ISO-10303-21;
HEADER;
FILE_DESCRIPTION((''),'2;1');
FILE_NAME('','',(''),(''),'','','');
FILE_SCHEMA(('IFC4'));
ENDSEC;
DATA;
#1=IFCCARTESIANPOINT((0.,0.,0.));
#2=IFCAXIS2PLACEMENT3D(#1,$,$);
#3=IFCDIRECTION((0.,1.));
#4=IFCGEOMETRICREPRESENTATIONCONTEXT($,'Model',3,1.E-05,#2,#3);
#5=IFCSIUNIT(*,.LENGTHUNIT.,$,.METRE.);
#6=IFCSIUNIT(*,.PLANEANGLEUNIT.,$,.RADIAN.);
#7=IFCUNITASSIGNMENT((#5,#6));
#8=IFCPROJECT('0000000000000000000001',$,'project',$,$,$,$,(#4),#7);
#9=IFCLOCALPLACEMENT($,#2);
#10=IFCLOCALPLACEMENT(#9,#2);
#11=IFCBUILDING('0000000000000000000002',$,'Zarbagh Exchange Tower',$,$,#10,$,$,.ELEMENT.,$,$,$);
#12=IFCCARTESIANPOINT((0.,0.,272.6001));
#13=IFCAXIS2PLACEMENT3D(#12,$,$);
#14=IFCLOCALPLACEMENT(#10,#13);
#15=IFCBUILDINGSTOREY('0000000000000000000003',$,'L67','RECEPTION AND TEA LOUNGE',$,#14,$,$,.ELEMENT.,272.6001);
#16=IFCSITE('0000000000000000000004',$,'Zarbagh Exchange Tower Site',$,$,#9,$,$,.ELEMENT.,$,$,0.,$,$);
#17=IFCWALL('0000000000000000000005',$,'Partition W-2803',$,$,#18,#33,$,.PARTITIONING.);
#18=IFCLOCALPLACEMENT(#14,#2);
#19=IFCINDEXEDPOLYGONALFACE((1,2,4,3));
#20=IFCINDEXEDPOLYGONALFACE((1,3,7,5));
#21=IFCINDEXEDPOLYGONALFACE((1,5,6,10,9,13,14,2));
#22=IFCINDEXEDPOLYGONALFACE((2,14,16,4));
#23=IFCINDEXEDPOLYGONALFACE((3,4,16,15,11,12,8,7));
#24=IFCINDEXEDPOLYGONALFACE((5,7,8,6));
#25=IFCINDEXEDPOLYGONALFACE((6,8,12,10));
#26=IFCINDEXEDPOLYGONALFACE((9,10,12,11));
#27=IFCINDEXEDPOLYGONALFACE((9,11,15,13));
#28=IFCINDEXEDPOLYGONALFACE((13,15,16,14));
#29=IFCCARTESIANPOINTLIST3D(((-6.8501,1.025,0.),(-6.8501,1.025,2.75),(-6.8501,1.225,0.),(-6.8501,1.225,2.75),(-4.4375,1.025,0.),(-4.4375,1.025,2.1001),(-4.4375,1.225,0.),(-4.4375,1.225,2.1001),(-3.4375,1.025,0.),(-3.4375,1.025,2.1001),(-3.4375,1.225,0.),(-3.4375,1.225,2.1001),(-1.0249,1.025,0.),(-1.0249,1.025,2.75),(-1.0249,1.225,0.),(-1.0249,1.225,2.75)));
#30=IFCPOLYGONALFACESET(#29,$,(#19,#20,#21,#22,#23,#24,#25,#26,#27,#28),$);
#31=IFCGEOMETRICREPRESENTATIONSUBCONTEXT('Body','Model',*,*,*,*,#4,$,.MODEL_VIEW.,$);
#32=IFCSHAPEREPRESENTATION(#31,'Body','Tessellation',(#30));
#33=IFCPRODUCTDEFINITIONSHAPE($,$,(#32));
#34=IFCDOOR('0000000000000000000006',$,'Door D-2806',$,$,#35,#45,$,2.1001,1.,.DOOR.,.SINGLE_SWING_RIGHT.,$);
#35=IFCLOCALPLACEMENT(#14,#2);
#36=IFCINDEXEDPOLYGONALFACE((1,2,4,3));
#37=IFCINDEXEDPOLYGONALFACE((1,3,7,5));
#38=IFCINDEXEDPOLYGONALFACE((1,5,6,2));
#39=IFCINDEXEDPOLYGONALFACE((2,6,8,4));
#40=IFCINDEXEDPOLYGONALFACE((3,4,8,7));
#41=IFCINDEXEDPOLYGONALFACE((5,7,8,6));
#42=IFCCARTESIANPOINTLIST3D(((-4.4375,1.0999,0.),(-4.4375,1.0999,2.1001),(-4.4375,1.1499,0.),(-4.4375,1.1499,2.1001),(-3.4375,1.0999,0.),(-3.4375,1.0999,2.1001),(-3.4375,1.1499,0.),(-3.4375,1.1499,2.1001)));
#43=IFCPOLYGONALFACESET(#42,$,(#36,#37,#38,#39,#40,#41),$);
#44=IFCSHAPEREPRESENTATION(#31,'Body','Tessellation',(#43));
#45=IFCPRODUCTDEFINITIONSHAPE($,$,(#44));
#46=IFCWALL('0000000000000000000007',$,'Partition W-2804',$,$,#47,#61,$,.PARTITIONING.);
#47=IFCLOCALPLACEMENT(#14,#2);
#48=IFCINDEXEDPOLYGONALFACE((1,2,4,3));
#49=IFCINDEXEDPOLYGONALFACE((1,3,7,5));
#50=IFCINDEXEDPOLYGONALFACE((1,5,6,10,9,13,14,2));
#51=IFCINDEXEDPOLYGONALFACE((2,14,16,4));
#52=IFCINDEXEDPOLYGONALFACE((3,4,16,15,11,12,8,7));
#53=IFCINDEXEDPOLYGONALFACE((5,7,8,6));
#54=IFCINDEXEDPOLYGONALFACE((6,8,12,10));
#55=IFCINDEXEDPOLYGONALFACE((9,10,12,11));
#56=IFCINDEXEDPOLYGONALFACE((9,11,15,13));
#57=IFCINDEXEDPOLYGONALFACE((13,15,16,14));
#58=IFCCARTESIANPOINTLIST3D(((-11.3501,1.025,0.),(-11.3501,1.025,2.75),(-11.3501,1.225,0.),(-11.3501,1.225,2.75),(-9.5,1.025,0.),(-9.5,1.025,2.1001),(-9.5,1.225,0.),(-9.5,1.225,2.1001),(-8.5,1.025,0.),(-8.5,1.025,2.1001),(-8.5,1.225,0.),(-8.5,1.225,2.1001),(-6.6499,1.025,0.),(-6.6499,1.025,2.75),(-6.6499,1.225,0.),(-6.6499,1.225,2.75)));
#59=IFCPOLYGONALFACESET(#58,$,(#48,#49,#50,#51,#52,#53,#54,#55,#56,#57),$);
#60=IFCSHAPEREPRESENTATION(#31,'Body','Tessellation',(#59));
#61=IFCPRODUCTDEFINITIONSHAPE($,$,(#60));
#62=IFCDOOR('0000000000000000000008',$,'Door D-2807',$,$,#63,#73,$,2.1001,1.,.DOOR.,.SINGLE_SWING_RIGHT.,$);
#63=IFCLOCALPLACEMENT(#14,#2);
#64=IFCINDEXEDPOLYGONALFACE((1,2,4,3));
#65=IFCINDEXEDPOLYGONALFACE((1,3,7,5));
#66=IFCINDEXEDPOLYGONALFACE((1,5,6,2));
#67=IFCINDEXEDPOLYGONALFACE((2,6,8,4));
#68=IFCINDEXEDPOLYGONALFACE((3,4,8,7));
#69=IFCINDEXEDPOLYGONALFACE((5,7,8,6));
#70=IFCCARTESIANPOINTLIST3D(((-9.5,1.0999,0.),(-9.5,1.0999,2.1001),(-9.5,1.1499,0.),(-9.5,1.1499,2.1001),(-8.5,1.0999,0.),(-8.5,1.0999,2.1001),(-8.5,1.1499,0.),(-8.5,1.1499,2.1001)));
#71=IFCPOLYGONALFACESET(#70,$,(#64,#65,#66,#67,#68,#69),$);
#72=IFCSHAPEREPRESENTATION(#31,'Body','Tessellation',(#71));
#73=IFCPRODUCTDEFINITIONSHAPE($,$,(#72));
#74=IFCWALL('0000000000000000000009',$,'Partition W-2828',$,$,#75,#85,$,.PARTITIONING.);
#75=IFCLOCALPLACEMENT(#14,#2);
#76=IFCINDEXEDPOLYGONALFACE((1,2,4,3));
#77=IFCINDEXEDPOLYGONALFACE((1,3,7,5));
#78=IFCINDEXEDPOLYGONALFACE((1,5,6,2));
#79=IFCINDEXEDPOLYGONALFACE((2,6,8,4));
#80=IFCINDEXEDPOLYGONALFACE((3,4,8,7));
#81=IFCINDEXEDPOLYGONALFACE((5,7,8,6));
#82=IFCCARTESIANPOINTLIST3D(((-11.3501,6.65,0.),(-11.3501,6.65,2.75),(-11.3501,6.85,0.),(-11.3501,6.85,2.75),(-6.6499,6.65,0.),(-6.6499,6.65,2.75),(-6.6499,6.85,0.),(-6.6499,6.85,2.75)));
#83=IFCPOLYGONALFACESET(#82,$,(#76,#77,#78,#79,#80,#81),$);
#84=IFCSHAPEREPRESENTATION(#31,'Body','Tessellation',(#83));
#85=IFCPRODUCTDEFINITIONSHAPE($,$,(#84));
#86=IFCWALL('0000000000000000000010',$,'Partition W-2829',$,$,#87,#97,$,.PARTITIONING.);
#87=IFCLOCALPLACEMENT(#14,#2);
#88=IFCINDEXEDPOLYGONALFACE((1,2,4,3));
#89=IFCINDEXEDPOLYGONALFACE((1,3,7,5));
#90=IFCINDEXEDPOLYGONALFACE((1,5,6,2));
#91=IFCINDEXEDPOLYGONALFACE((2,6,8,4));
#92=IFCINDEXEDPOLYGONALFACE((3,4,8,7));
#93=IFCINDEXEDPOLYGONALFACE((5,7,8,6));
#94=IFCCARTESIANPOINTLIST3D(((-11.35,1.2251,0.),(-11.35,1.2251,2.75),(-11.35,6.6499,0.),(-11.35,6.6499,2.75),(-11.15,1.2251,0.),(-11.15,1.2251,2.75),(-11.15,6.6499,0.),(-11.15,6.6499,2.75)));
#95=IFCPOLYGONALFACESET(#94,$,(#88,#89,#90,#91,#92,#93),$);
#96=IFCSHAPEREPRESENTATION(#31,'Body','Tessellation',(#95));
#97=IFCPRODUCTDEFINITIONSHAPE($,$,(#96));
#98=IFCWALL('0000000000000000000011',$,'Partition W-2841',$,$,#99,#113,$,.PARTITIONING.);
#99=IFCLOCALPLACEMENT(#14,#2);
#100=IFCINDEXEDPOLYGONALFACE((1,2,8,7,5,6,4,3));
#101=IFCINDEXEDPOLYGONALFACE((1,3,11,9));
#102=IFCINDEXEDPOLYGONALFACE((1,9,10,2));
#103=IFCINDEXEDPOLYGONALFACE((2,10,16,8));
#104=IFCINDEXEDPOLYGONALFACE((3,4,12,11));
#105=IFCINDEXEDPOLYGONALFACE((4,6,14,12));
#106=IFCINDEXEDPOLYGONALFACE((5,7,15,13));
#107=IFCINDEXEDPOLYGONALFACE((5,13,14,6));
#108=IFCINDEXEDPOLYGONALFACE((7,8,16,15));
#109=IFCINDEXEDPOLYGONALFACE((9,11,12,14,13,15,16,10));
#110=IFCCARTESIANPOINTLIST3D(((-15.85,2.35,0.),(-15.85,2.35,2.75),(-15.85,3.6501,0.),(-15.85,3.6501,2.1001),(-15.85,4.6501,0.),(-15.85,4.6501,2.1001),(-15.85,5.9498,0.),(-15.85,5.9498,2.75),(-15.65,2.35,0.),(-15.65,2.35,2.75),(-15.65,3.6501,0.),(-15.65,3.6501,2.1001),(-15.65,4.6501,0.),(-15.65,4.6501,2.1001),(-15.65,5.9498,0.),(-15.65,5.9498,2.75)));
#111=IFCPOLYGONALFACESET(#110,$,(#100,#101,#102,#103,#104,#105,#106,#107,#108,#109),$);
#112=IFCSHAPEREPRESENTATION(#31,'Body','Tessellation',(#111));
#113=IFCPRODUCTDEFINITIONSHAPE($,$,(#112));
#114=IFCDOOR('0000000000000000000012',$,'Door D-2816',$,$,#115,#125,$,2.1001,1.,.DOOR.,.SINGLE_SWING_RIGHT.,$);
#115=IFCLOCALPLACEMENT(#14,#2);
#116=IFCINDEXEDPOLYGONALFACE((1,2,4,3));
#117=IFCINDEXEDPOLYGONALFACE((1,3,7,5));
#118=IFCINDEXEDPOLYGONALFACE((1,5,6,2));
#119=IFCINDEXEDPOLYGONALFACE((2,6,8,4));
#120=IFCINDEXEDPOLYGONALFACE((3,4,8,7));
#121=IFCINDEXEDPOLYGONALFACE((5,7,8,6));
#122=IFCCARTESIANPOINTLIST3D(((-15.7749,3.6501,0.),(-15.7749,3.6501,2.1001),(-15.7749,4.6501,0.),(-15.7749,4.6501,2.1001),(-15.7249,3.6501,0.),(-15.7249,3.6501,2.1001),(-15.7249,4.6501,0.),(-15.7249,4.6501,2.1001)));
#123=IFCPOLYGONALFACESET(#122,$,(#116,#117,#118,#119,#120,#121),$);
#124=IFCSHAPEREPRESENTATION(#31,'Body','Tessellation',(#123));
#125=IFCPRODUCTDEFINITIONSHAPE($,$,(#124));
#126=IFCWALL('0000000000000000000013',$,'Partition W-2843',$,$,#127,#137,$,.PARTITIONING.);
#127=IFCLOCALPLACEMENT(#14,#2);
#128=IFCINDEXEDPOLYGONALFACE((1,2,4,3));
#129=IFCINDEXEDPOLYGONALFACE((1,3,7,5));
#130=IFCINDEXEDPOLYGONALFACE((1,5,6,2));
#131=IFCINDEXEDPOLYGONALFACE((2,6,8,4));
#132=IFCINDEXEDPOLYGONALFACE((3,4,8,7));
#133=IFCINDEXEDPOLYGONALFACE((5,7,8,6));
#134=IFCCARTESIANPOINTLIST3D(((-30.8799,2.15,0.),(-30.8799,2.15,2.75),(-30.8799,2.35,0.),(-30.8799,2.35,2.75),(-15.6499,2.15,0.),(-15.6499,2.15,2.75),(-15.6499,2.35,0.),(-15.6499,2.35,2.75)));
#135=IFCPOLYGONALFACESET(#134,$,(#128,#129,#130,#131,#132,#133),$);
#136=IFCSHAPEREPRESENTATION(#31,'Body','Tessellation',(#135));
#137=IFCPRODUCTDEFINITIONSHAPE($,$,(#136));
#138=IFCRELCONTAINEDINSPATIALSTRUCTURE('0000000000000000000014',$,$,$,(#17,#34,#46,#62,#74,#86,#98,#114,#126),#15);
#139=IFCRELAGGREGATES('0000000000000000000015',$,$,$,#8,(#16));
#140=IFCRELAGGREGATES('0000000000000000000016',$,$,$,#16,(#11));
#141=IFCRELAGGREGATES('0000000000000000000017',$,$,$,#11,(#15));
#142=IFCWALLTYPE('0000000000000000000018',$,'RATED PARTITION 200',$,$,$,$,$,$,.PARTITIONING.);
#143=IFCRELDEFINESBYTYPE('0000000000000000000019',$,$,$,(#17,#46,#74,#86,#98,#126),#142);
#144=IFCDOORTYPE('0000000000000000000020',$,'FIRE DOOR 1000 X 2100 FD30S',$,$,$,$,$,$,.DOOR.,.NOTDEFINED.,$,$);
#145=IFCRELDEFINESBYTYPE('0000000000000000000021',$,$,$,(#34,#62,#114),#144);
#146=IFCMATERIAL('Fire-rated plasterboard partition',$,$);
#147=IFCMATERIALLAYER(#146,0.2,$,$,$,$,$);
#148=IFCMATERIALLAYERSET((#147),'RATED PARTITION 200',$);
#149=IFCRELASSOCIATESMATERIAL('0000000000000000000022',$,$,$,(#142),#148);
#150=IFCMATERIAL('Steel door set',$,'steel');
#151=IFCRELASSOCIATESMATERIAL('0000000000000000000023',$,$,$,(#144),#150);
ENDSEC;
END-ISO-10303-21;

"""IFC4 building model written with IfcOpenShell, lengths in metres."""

from ifc_helpers import new_model, si_unit, direction, frame, frame_2d, origin, place, context, subcontext, project, spatial, rectangle, extrude, material, layer, layer_set, type_object, element, fill, save


model = new_model("IFC4")

# Units and contexts
model_context = context("Model", 3, precision=1e-05, world=origin(), true_north=direction((0.0, 1.0)))
body_context = subcontext(model_context, "Body", "Model", "MODEL_VIEW")
ifc_project = project(units=[si_unit("LENGTHUNIT", "METRE"), si_unit("PLANEANGLEUNIT", "RADIAN")], contexts=[model_context])

# Site, building, storey
site_placement = place(None, origin())
site = spatial("IfcSite", under=ifc_project, at=site_placement, Name="Zarbagh Exchange Tower Site", CompositionType="ELEMENT", RefElevation=0.0)
building_placement = place(site_placement, origin())
building = spatial("IfcBuilding", under=site, at=building_placement, Name="Zarbagh Exchange Tower", CompositionType="ELEMENT")
storey_placement = place(building_placement, frame((0.0, 0.0, 272.6001)))
storey = spatial("IfcBuildingStorey", under=building, at=storey_placement, Name="L67", Description="RECEPTION AND TEA LOUNGE", CompositionType="ELEMENT", Elevation=272.6001)

# Walls, openings, doors
ifc_material_1 = material(Name="Fire-rated plasterboard partition")
ifc_layer = layer(ifc_material_1, 0.2)
ifc_layer_set = layer_set([ifc_layer], Name="RATED PARTITION 200")
wall_type = type_object("IfcWallType", Name="RATED PARTITION 200", PredefinedType="PARTITIONING", material=ifc_layer_set)
wall_1_placement = place(storey_placement, frame((-6.8501, 1.125, 0.0), z_axis=(0.0, 0.0, 1.0), x_axis=(1.0, 0.0, 0.0)))
wall_1 = element("IfcWall", 1, at=wall_1_placement, inside=storey, type_object=wall_type, Name="Partition W-2803", PredefinedType="PARTITIONING", context=body_context, shape_type="SweptSolid", body=[
    extrude(rectangle(XDim=5.8252, YDim=0.2, at=frame_2d((2.9126, 0.0))), origin(), (0.0, 0.0, 1.0), 2.75),
])
opening_1_placement = place(wall_1_placement, frame((2.4126, 0.0, 0.0)))
opening_1 = element("IfcOpeningElement", 2, at=opening_1_placement, cuts=wall_1, PredefinedType="OPENING", context=body_context, shape_type="SweptSolid", body=[
    extrude(rectangle(XDim=1.0, YDim=2.1001, at=frame_2d((0.5, 1.05))), frame((0.0, 0.1099, 0.0), z_axis=(0.0, -1.0, 0.0), x_axis=(1.0, 0.0, 0.0)), (0.0, 0.0, 1.0), 0.22),
])
ifc_material_2 = material(Name="Steel door set", Category="steel")
door_type = type_object("IfcDoorType", Name="FIRE DOOR 1000 X 2100 FD30S", OperationType="NOTDEFINED", PredefinedType="DOOR", material=ifc_material_2)
door_1_placement = place(opening_1_placement, origin())
door_1 = element("IfcDoor", 3, at=door_1_placement, inside=storey, type_object=door_type, Name="Door D-2806", OperationType="SINGLE_SWING_RIGHT", OverallHeight=2.1001, OverallWidth=1.0, PredefinedType="DOOR", context=body_context, shape_type="SweptSolid", body=[
    extrude(rectangle(XDim=1.0, YDim=2.1001, at=frame_2d((0.5, 1.05))), frame((0.0, 0.0249, 0.0), z_axis=(0.0, -1.0, 0.0), x_axis=(1.0, 0.0, 0.0)), (0.0, 0.0, 1.0), 0.05),
])
fill(opening_1, door_1)
wall_2_placement = place(storey_placement, frame((-11.3501, 1.125, 0.0), z_axis=(0.0, 0.0, 1.0), x_axis=(1.0, 0.0, 0.0)))
wall_2 = element("IfcWall", 4, at=wall_2_placement, inside=storey, type_object=wall_type, Name="Partition W-2804", PredefinedType="PARTITIONING", context=body_context, shape_type="SweptSolid", body=[
    extrude(rectangle(XDim=4.7002, YDim=0.2, at=frame_2d((2.3501, 0.0))), origin(), (0.0, 0.0, 1.0), 2.75),
])
opening_2_placement = place(wall_2_placement, frame((1.8501, 0.0, 0.0)))
opening_2 = element("IfcOpeningElement", 5, at=opening_2_placement, cuts=wall_2, PredefinedType="OPENING", context=body_context, shape_type="SweptSolid", body=[
    extrude(rectangle(XDim=1.0, YDim=2.1001, at=frame_2d((0.5, 1.05))), frame((0.0, 0.1099, 0.0), z_axis=(0.0, -1.0, 0.0), x_axis=(1.0, 0.0, 0.0)), (0.0, 0.0, 1.0), 0.22),
])
door_2_placement = place(opening_2_placement, origin())
door_2 = element("IfcDoor", 6, at=door_2_placement, inside=storey, type_object=door_type, Name="Door D-2807", OperationType="SINGLE_SWING_RIGHT", OverallHeight=2.1001, OverallWidth=1.0, PredefinedType="DOOR", context=body_context, shape_type="SweptSolid", body=[
    extrude(rectangle(XDim=1.0, YDim=2.1001, at=frame_2d((0.5, 1.05))), frame((0.0, 0.0249, 0.0), z_axis=(0.0, -1.0, 0.0), x_axis=(1.0, 0.0, 0.0)), (0.0, 0.0, 1.0), 0.05),
])
fill(opening_2, door_2)

# Walls
wall_3_placement = place(storey_placement, frame((-11.3501, 6.75, 0.0), z_axis=(0.0, 0.0, 1.0), x_axis=(1.0, 0.0, 0.0)))
element("IfcWall", 7, at=wall_3_placement, inside=storey, type_object=wall_type, Name="Partition W-2828", PredefinedType="PARTITIONING", context=body_context, shape_type="SweptSolid", body=[
    extrude(rectangle(XDim=4.7002, YDim=0.2, at=frame_2d((2.3501, 0.0))), origin(), (0.0, 0.0, 1.0), 2.75),
])
wall_4_placement = place(storey_placement, frame((-11.25, 1.2251, 0.0), z_axis=(0.0, 0.0, 1.0), x_axis=(0.0, 1.0, 0.0)))
element("IfcWall", 8, at=wall_4_placement, inside=storey, type_object=wall_type, Name="Partition W-2829", PredefinedType="PARTITIONING", context=body_context, shape_type="SweptSolid", body=[
    extrude(rectangle(XDim=5.4248, YDim=0.2, at=frame_2d((2.7124, 0.0))), origin(), (0.0, 0.0, 1.0), 2.75),
])

# Wall, opening, door
wall_5_placement = place(storey_placement, frame((-15.75, 2.3501, 0.0), z_axis=(0.0, 0.0, 1.0), x_axis=(0.0, 1.0, 0.0)))
wall_5 = element("IfcWall", 9, at=wall_5_placement, inside=storey, type_object=wall_type, Name="Partition W-2841", PredefinedType="PARTITIONING", context=body_context, shape_type="SweptSolid", body=[
    extrude(rectangle(XDim=3.5999, YDim=0.2, at=frame_2d((1.7998, 0.0))), origin(), (0.0, 0.0, 1.0), 2.75),
])
opening_3_placement = place(wall_5_placement, frame((1.3, 0.0, 0.0)))
opening_3 = element("IfcOpeningElement", 10, at=opening_3_placement, cuts=wall_5, PredefinedType="OPENING", context=body_context, shape_type="SweptSolid", body=[
    extrude(rectangle(XDim=1.0, YDim=2.1001, at=frame_2d((0.5, 1.05))), frame((0.0, 0.1099, 0.0), z_axis=(0.0, -1.0, 0.0), x_axis=(1.0, 0.0, 0.0)), (0.0, 0.0, 1.0), 0.22),
])
door_3_placement = place(opening_3_placement, origin())
door_3 = element("IfcDoor", 11, at=door_3_placement, inside=storey, type_object=door_type, Name="Door D-2816", OperationType="SINGLE_SWING_RIGHT", OverallHeight=2.1001, OverallWidth=1.0, PredefinedType="DOOR", context=body_context, shape_type="SweptSolid", body=[
    extrude(rectangle(XDim=1.0, YDim=2.1001, at=frame_2d((0.5, 1.05))), frame((0.0, 0.0249, 0.0), z_axis=(0.0, -1.0, 0.0), x_axis=(1.0, 0.0, 0.0)), (0.0, 0.0, 1.0), 0.05),
])
fill(opening_3, door_3)

# Wall
wall_6_placement = place(storey_placement, frame((-30.8799, 2.25, 0.0), z_axis=(0.0, 0.0, 1.0), x_axis=(1.0, 0.0, 0.0)))
element("IfcWall", 12, at=wall_6_placement, inside=storey, type_object=wall_type, Name="Partition W-2843", PredefinedType="PARTITIONING", context=body_context, shape_type="SweptSolid", body=[
    extrude(rectangle(XDim=15.23, YDim=0.2, at=frame_2d((7.615, 0.0))), origin(), (0.0, 0.0, 1.0), 2.75),
])

save(model, "model.ifc")
